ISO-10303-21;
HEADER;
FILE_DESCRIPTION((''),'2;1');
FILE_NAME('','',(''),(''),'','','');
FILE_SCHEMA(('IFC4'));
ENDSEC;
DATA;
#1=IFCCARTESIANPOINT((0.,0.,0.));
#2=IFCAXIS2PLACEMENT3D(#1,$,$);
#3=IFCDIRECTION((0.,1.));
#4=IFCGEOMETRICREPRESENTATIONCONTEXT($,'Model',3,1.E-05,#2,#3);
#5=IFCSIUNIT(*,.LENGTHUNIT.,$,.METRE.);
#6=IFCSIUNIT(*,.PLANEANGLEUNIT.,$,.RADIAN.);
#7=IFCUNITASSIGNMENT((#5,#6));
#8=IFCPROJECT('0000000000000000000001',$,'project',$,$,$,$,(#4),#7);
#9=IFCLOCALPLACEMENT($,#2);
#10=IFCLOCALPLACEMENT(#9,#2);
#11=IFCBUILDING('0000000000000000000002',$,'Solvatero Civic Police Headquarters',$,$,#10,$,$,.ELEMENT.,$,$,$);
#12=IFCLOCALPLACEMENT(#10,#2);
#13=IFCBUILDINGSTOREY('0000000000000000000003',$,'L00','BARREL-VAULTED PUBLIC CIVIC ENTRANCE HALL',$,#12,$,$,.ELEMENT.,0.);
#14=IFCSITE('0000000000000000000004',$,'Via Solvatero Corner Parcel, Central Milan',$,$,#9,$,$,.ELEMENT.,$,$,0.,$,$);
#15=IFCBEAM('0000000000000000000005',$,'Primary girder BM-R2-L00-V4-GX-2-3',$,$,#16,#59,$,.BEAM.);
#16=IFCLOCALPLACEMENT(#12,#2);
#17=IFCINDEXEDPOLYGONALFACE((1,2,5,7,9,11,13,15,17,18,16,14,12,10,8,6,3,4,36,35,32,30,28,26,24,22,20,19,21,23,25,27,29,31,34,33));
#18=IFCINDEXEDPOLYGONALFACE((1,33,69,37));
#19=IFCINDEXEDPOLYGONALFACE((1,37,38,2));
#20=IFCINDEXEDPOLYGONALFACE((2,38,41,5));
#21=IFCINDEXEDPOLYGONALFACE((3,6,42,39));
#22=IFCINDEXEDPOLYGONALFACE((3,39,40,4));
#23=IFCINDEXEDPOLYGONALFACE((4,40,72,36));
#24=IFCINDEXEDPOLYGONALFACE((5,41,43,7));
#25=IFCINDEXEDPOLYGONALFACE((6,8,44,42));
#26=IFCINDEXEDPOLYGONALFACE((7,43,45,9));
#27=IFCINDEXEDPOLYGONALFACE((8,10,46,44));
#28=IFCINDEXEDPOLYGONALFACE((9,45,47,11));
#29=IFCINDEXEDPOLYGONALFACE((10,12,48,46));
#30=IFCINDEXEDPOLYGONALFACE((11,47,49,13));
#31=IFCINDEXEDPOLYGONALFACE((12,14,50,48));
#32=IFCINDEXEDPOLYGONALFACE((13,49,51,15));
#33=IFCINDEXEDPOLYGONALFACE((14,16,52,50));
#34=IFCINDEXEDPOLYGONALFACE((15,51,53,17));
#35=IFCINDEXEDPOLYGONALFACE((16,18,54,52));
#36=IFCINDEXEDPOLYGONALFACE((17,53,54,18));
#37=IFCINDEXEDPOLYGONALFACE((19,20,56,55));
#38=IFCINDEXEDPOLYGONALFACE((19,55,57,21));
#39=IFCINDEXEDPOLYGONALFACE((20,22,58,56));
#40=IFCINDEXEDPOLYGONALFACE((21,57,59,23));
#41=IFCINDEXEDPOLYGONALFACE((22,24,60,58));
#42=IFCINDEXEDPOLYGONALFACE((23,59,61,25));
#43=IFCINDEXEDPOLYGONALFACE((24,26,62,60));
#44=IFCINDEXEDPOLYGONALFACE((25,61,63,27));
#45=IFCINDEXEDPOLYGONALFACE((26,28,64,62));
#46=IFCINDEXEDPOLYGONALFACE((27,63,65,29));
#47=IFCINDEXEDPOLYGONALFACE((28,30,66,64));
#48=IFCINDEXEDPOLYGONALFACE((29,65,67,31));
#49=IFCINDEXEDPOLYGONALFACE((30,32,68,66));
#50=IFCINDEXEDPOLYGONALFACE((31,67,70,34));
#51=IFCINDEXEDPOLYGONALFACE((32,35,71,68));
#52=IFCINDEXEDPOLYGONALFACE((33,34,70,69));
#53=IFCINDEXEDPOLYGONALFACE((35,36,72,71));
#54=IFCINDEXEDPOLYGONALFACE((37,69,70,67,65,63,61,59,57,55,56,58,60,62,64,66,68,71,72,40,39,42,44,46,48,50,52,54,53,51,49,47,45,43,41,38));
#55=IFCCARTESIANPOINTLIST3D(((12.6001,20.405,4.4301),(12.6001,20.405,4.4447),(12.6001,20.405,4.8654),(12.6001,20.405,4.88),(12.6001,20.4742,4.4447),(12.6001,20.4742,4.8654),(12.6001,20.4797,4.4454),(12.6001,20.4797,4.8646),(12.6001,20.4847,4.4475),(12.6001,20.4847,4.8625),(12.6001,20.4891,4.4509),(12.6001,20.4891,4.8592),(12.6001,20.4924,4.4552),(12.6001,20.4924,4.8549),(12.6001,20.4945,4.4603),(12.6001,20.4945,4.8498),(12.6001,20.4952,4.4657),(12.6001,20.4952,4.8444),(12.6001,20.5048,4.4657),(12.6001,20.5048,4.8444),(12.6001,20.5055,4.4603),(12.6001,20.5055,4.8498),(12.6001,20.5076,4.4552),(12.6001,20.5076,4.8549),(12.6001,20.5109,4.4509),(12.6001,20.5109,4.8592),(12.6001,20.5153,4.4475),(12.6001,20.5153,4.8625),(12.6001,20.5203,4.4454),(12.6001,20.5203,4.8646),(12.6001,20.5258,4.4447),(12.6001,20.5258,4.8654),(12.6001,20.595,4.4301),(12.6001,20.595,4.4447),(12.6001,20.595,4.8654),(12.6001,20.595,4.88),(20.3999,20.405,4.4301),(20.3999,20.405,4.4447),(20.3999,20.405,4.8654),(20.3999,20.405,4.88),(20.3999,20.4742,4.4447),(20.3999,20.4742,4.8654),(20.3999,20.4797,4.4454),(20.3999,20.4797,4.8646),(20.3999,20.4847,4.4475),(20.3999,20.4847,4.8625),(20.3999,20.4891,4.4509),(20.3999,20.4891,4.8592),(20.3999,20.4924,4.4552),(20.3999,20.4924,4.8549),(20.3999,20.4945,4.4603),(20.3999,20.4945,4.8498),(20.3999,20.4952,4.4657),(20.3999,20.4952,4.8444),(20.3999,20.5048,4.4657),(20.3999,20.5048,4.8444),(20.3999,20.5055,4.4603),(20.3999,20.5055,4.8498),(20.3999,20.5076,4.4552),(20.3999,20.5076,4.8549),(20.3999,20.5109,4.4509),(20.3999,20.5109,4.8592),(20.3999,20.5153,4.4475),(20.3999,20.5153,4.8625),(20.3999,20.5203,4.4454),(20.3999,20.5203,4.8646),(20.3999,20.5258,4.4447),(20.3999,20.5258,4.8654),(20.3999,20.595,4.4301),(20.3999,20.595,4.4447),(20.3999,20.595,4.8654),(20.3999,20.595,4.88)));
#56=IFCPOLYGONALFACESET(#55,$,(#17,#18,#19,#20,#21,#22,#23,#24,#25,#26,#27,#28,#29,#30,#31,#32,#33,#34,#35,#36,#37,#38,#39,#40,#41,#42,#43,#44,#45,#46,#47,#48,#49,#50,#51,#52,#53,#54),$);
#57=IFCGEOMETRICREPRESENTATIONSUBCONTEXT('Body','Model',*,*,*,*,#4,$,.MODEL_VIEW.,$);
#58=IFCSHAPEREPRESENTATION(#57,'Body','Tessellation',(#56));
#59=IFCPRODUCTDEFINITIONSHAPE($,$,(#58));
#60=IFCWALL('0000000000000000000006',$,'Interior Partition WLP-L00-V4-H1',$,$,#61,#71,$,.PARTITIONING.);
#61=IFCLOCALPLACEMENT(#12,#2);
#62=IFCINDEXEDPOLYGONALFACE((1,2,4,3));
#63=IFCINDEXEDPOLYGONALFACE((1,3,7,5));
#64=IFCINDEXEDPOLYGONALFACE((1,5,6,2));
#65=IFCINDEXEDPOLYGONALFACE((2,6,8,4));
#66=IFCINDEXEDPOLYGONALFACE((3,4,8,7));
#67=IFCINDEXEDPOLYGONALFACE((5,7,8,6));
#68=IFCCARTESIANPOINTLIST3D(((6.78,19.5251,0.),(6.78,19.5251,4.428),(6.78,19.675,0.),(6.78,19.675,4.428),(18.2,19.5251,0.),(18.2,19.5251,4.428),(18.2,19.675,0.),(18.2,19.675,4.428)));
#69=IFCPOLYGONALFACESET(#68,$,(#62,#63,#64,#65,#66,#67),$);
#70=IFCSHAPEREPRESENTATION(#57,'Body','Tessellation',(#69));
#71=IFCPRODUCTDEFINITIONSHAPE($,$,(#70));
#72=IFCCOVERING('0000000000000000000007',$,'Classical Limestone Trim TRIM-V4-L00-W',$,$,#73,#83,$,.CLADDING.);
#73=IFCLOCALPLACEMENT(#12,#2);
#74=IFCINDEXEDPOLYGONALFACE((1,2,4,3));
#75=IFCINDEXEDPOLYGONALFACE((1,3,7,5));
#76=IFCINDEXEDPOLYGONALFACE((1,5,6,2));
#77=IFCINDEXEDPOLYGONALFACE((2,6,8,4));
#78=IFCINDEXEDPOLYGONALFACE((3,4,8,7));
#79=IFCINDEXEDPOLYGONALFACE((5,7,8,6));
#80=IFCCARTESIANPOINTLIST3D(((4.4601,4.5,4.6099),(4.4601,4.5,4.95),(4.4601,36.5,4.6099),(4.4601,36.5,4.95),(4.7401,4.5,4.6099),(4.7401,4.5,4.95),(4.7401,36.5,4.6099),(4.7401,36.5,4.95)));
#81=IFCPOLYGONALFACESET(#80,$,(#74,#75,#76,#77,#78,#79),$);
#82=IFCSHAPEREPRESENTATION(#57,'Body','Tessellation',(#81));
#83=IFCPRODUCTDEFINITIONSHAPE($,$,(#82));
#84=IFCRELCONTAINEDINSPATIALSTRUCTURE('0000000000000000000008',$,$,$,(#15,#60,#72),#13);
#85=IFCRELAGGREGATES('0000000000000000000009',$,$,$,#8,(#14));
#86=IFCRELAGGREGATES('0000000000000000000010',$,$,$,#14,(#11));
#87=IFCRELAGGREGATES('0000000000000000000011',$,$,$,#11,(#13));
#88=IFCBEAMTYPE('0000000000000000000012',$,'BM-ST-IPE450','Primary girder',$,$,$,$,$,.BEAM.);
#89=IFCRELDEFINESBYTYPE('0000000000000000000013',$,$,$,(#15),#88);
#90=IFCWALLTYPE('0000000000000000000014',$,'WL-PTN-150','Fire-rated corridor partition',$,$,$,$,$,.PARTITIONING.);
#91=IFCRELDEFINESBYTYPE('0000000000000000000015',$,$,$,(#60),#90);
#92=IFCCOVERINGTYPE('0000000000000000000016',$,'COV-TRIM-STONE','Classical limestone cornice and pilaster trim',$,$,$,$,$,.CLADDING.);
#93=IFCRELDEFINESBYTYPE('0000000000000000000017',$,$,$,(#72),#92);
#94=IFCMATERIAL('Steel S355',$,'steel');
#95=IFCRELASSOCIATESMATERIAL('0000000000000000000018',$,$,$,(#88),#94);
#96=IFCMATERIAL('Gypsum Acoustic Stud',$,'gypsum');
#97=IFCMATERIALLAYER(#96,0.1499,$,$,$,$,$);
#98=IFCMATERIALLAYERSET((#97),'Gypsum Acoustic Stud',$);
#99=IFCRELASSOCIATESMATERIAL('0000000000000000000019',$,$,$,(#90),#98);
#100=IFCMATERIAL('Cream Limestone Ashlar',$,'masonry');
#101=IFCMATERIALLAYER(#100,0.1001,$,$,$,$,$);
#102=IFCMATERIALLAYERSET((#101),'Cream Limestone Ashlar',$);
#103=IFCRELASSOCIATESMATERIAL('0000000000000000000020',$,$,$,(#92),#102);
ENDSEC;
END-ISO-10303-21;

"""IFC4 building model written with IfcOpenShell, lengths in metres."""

from ifc_helpers import new_model, si_unit, direction, frame, frame_2d, origin, origin_2d, place, context, subcontext, project, spatial, rectangle, i_section, extrude, material, layer, layer_set, material_profile, profile_set, type_object, element, save


model = new_model("IFC4")

# Units and contexts
model_context = context("Model", 3, precision=1e-05, world=origin(), true_north=direction((0.0, 1.0)))
body_context = subcontext(model_context, "Body", "Model", "MODEL_VIEW")
ifc_project = project(units=[si_unit("LENGTHUNIT", "METRE"), si_unit("PLANEANGLEUNIT", "RADIAN")], contexts=[model_context])

# Site, building, storey
site_placement = place(None, origin())
site = spatial("IfcSite", under=ifc_project, at=site_placement, Name="Via Solvatero Corner Parcel, Central Milan", CompositionType="ELEMENT", RefElevation=0.0)
building_placement = place(site_placement, origin())
building = spatial("IfcBuilding", under=site, at=building_placement, Name="Solvatero Civic Police Headquarters", CompositionType="ELEMENT")
storey_placement = place(building_placement, origin())
storey = spatial("IfcBuildingStorey", under=building, at=storey_placement, Name="L00", Description="BARREL-VAULTED PUBLIC CIVIC ENTRANCE HALL", CompositionType="ELEMENT", Elevation=0.0)

# Beam
ifc_material_1 = material(Name="Steel S355", Category="steel")
ifc_material_profile_1 = material_profile(ifc_material_1, i_section(OverallWidth=0.1899, OverallDepth=0.45, WebThickness=0.0095, FlangeThickness=0.0146, FilletRadius=0.021, at=origin_2d()), Name="IPE 450")
ifc_profile_set_1 = profile_set([ifc_material_profile_1], Name="Steel S355")
beam_type_1 = type_object("IfcBeamType", Name="BM-ST-IPE450", Description="Primary girder", PredefinedType="BEAM", material=ifc_profile_set_1)
beam_1_placement = place(storey_placement, frame((12.6001, 20.5, 4.655), z_axis=(1.0, 0.0, 0.0), x_axis=(0.0, 1.0, 0.0)))
element("IfcBeam", 1, at=beam_1_placement, inside=storey, type_object=beam_type_1, Name="Primary girder BM-R2-L00-V4-GX-2-3", PredefinedType="BEAM", context=body_context, shape_type="SweptSolid", body=[
    extrude(i_section(OverallWidth=0.1899, OverallDepth=0.45, WebThickness=0.0095, FlangeThickness=0.0146, FilletRadius=0.021, at=origin_2d()), origin(), (0.0, 0.0, 1.0), 7.7998),
])

# Wall
ifc_material_2 = material(Name="Gypsum Acoustic Stud", Category="gypsum")
ifc_layer_1 = layer(ifc_material_2, 0.1499)
ifc_layer_set_1 = layer_set([ifc_layer_1], Name="Gypsum Acoustic Stud")
wall_type = type_object("IfcWallType", Name="WL-PTN-150", Description="Fire-rated corridor partition", PredefinedType="PARTITIONING", material=ifc_layer_set_1)
wall_placement = place(storey_placement, frame((6.78, 19.6001, 0.0), z_axis=(0.0, 0.0, 1.0), x_axis=(1.0, 0.0, 0.0)))
element("IfcWall", 2, at=wall_placement, inside=storey, type_object=wall_type, Name="Interior Partition WLP-L00-V4-H1", PredefinedType="PARTITIONING", context=body_context, shape_type="SweptSolid", body=[
    extrude(rectangle(XDim=11.4199, YDim=0.1499, at=frame_2d((5.71, 0.0))), origin(), (0.0, 0.0, 1.0), 4.428),
])

# Covering
ifc_material_3 = material(Name="Cream Limestone Ashlar", Category="masonry")
ifc_layer_2 = layer(ifc_material_3, 0.1001)
ifc_layer_set_2 = layer_set([ifc_layer_2], Name="Cream Limestone Ashlar")
covering_type = type_object("IfcCoveringType", Name="COV-TRIM-STONE", Description="Classical limestone cornice and pilaster trim", PredefinedType="CLADDING", material=ifc_layer_set_2)
covering_placement = place(storey_placement, frame((4.6001, 20.5, 4.6099), z_axis=(0.0, 0.0, 1.0), x_axis=(1.0, 0.0, 0.0)))
element("IfcCovering", 3, at=covering_placement, inside=storey, type_object=covering_type, Name="Classical Limestone Trim TRIM-V4-L00-W", PredefinedType="CLADDING", context=body_context, shape_type="SweptSolid", body=[
    extrude(rectangle(XDim=0.28, YDim=32.0, at=origin_2d()), origin(), (0.0, 0.0, 1.0), 0.3401),
])

save(model, "model.ifc")
